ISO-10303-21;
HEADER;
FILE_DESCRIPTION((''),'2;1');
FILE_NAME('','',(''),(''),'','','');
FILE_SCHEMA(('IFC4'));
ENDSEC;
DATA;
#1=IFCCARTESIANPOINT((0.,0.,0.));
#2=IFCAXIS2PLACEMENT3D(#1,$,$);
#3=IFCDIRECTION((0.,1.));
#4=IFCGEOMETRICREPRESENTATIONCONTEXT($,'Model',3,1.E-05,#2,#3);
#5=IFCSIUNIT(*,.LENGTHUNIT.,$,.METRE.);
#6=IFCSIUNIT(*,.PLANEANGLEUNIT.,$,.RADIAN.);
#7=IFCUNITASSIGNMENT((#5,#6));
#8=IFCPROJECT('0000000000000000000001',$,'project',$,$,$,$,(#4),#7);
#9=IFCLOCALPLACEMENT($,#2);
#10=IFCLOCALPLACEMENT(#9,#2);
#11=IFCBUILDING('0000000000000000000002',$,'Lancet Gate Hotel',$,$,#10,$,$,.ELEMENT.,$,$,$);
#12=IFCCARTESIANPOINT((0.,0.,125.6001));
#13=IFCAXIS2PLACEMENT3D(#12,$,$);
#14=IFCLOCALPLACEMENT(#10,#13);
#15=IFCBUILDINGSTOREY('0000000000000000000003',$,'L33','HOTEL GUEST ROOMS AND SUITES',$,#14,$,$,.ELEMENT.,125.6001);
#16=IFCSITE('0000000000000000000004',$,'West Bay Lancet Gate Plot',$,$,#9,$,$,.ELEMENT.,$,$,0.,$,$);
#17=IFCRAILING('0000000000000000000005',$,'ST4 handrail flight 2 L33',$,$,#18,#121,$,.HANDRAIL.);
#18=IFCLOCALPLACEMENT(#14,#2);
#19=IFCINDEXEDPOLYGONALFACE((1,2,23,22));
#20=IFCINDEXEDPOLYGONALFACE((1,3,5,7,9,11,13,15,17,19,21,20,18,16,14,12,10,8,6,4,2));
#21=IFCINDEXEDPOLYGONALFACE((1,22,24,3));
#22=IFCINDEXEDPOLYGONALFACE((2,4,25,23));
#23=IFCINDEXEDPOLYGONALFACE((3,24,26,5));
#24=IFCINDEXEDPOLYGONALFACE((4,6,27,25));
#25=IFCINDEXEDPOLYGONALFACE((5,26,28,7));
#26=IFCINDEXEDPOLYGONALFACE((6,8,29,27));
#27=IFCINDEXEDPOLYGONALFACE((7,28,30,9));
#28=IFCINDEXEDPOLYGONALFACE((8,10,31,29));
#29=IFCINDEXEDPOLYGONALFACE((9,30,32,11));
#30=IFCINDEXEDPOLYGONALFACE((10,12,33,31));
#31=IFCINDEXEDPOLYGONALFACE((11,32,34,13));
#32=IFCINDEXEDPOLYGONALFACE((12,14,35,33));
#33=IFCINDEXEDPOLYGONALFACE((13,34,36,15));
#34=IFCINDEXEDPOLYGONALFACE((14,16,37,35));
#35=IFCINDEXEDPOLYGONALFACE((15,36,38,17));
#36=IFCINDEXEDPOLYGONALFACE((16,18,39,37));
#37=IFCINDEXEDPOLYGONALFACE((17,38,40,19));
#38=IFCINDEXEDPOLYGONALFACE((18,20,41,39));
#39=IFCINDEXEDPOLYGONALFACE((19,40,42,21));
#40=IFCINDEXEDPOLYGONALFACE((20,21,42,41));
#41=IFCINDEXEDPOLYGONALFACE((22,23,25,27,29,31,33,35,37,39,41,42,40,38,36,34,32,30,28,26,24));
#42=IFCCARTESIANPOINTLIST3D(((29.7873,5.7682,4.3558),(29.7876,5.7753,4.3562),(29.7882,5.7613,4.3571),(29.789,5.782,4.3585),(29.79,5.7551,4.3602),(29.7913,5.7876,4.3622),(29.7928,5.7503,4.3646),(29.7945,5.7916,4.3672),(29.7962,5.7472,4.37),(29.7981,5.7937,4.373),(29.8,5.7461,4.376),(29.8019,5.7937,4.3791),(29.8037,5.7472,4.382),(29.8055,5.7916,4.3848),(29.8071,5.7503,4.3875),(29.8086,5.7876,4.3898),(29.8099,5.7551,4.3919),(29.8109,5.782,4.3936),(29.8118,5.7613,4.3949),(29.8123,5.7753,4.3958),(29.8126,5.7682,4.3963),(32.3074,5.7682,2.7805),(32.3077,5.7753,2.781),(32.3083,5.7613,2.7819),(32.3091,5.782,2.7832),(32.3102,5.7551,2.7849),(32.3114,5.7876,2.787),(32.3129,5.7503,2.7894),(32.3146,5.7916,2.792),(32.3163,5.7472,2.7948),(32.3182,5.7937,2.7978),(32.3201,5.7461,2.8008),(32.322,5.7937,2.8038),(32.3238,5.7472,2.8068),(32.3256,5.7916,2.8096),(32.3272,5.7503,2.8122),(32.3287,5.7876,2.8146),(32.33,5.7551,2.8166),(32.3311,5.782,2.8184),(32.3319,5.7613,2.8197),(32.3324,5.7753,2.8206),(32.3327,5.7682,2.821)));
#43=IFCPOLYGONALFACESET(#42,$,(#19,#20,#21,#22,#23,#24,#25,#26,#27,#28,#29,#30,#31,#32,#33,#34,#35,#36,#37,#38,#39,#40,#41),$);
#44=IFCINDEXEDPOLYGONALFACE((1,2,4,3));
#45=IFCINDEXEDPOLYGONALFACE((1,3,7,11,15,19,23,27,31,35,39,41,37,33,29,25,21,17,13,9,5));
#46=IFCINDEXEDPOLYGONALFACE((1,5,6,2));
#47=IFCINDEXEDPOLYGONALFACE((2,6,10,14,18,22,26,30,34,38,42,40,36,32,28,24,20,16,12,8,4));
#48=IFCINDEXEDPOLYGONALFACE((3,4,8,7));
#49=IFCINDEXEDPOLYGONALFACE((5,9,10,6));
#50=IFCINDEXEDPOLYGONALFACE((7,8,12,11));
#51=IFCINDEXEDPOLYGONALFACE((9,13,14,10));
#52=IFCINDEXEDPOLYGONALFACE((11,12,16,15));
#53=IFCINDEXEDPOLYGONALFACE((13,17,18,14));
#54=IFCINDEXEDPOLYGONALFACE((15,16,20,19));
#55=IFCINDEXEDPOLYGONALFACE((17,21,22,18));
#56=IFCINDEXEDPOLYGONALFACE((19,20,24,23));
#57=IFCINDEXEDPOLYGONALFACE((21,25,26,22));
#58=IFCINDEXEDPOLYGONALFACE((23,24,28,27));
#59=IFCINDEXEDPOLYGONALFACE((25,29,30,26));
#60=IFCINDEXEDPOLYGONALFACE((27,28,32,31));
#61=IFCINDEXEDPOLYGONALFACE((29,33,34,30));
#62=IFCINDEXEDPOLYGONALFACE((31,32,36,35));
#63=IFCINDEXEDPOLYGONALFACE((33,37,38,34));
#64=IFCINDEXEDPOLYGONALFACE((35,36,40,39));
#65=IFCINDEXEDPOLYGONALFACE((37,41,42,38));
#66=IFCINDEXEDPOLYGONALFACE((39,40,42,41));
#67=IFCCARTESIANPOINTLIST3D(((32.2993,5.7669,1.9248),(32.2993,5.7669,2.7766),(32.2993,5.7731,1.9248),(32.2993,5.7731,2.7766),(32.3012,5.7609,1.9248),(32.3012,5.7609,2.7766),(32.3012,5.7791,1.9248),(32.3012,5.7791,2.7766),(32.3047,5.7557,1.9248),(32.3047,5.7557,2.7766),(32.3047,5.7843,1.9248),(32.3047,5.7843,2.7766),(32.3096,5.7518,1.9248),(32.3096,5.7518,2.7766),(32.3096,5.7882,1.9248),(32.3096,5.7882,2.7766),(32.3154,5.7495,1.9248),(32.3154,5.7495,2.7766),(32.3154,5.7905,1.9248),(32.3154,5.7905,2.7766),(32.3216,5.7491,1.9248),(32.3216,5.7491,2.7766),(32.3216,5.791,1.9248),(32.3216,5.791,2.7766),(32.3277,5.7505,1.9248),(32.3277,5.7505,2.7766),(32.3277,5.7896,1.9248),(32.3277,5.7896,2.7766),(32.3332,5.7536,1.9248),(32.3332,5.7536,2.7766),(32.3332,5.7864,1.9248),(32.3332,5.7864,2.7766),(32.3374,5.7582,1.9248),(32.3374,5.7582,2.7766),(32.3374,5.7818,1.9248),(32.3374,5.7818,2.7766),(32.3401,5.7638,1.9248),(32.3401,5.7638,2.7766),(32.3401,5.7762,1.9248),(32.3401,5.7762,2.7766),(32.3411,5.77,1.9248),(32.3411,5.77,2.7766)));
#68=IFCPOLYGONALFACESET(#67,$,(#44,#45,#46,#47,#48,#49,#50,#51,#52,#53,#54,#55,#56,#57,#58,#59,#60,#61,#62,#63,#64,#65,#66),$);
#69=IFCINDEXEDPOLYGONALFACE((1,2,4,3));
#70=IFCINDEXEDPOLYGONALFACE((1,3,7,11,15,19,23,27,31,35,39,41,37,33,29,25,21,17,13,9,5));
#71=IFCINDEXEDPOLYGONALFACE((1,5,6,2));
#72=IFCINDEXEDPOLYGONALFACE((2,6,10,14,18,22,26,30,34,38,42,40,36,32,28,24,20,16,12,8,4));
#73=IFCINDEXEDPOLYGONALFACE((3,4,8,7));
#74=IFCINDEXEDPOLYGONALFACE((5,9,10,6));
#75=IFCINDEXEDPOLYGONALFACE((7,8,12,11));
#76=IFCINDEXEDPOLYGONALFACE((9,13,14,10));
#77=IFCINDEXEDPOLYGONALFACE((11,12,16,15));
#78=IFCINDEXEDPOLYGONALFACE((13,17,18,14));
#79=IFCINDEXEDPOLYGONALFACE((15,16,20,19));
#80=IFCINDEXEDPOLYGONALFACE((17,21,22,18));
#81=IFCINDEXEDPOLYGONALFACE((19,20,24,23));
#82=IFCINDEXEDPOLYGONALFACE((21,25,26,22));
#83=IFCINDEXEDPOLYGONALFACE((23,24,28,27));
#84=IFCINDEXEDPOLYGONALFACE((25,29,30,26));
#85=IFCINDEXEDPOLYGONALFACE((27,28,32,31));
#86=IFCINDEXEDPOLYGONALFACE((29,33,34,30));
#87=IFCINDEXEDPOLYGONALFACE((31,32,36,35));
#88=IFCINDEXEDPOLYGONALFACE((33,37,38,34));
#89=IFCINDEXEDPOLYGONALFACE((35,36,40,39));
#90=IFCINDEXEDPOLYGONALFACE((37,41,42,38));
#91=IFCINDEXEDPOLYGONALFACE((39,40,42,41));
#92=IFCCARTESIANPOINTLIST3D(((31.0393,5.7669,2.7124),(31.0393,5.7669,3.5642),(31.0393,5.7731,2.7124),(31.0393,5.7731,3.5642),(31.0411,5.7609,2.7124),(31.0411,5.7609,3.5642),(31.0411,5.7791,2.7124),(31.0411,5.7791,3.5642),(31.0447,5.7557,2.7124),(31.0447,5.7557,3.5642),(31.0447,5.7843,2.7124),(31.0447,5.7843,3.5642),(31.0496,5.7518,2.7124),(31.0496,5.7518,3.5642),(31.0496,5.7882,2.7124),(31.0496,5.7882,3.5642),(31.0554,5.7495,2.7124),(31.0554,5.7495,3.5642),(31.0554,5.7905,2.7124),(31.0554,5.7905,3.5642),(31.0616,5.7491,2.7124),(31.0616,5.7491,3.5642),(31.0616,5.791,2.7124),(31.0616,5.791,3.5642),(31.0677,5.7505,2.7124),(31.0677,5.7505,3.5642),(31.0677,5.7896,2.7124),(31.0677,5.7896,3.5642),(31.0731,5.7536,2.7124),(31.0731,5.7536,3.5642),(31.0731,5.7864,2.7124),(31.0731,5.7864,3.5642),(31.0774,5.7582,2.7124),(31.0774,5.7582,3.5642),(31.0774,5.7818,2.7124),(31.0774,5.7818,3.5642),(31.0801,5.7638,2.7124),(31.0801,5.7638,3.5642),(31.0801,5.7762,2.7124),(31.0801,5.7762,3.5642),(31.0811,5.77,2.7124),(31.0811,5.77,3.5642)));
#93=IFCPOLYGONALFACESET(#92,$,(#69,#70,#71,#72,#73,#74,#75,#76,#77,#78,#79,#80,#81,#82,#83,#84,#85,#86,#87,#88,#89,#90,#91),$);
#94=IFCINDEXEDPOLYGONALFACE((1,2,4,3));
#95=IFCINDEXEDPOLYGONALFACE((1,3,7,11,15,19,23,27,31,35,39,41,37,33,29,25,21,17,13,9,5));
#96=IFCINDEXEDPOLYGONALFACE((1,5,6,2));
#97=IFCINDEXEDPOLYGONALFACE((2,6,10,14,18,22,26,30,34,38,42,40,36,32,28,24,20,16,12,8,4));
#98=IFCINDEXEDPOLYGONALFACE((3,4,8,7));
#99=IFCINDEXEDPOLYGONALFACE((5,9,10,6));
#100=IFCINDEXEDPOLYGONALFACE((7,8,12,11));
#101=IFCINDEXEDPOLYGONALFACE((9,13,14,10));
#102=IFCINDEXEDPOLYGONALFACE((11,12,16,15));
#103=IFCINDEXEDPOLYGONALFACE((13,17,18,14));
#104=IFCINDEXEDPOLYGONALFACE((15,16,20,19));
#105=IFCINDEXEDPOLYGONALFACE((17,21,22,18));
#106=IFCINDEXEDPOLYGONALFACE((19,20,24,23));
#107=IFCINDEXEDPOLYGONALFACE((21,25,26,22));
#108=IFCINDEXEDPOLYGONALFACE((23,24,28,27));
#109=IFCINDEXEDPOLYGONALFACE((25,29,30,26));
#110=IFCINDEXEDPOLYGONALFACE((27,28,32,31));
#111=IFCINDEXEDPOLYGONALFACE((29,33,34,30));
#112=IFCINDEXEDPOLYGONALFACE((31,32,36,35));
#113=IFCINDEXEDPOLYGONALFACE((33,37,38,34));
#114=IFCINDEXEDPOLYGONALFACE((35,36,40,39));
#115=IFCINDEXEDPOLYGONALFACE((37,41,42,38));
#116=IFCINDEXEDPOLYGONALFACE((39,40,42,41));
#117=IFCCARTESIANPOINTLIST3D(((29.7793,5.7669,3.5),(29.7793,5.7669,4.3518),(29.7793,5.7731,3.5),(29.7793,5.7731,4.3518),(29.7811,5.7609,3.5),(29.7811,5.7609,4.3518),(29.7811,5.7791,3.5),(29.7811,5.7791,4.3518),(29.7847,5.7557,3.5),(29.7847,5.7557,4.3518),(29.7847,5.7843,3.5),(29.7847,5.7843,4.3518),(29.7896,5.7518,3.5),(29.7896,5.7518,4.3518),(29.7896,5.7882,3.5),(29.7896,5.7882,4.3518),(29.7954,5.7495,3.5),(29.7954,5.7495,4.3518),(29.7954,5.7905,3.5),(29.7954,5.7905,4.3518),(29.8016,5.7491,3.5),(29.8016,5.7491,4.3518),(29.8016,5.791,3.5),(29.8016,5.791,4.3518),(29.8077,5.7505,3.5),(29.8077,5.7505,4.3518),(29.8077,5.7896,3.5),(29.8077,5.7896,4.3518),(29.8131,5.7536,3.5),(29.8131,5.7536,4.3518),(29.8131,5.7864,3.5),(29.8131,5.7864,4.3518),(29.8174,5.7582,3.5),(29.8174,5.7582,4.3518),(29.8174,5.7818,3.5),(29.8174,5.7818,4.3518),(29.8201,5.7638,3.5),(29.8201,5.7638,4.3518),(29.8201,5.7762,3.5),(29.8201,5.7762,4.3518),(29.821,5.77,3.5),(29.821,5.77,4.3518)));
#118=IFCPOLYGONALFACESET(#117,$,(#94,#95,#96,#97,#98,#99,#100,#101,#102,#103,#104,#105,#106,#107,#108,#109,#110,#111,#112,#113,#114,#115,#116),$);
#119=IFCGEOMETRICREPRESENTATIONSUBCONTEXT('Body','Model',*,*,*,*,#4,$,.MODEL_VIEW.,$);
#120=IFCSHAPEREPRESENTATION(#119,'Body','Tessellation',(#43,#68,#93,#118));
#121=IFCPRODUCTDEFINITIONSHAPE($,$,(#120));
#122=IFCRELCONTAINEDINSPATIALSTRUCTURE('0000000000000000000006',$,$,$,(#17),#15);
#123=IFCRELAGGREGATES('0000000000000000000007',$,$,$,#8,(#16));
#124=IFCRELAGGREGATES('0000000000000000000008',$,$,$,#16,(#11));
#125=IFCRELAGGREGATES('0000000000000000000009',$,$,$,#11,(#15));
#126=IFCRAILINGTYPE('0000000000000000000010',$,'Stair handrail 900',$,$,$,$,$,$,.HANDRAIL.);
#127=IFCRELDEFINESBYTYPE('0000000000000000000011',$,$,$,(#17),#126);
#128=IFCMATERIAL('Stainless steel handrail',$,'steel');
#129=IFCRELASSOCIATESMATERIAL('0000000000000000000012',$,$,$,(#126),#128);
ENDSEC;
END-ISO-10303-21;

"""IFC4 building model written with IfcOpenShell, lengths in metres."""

from ifc_helpers import new_model, si_unit, direction, frame, origin, origin_2d, place, context, subcontext, project, spatial, circle, extrude, material, type_object, element, save


model = new_model("IFC4")

# Units and contexts
model_context = context("Model", 3, precision=1e-05, world=origin(), true_north=direction((0.0, 1.0)))
body_context = subcontext(model_context, "Body", "Model", "MODEL_VIEW")
ifc_project = project(units=[si_unit("LENGTHUNIT", "METRE"), si_unit("PLANEANGLEUNIT", "RADIAN")], contexts=[model_context])

# Site, building, storey
site_placement = place(None, origin())
site = spatial("IfcSite", under=ifc_project, at=site_placement, Name="West Bay Lancet Gate Plot", CompositionType="ELEMENT", RefElevation=0.0)
building_placement = place(site_placement, origin())
building = spatial("IfcBuilding", under=site, at=building_placement, Name="Lancet Gate Hotel", CompositionType="ELEMENT")
storey_placement = place(building_placement, frame((0.0, 0.0, 125.6001)))
storey = spatial("IfcBuildingStorey", under=building, at=storey_placement, Name="L33", Description="HOTEL GUEST ROOMS AND SUITES", CompositionType="ELEMENT", Elevation=125.6001)

# Railing
ifc_material_1 = material(Name="Stainless steel handrail", Category="steel")
railing_type = type_object("IfcRailingType", Name="Stair handrail 900", PredefinedType="HANDRAIL", material=ifc_material_1)
railing_1_placement = place(storey_placement, frame((32.3201, 5.77, 1.9248)))
element("IfcRailing", 1, at=railing_1_placement, inside=storey, type_object=railing_type, Name="ST4 handrail flight 2 L33", PredefinedType="HANDRAIL", context=body_context, shape_type="SweptSolid", body=[
    extrude(circle(Radius=0.0239, at=origin_2d()), frame((0.0, 0.0, 0.876), z_axis=(-0.847971, 0.0, 0.530043), x_axis=(0.0, -1.0, 0.0)), (0.0, 0.0, 1.0), 2.9719),
    extrude(circle(Radius=0.021, at=origin_2d()), origin(), (0.0, 0.0, 1.0), 0.8518),
    extrude(circle(Radius=0.021, at=origin_2d()), frame((-1.26, 0.0, 0.7876)), (0.0, 0.0, 1.0), 0.8518),
    extrude(circle(Radius=0.021, at=origin_2d()), frame((-2.52, 0.0, 1.5752)), (0.0, 0.0, 1.0), 0.8518),
])

save(model, "model.ifc")
